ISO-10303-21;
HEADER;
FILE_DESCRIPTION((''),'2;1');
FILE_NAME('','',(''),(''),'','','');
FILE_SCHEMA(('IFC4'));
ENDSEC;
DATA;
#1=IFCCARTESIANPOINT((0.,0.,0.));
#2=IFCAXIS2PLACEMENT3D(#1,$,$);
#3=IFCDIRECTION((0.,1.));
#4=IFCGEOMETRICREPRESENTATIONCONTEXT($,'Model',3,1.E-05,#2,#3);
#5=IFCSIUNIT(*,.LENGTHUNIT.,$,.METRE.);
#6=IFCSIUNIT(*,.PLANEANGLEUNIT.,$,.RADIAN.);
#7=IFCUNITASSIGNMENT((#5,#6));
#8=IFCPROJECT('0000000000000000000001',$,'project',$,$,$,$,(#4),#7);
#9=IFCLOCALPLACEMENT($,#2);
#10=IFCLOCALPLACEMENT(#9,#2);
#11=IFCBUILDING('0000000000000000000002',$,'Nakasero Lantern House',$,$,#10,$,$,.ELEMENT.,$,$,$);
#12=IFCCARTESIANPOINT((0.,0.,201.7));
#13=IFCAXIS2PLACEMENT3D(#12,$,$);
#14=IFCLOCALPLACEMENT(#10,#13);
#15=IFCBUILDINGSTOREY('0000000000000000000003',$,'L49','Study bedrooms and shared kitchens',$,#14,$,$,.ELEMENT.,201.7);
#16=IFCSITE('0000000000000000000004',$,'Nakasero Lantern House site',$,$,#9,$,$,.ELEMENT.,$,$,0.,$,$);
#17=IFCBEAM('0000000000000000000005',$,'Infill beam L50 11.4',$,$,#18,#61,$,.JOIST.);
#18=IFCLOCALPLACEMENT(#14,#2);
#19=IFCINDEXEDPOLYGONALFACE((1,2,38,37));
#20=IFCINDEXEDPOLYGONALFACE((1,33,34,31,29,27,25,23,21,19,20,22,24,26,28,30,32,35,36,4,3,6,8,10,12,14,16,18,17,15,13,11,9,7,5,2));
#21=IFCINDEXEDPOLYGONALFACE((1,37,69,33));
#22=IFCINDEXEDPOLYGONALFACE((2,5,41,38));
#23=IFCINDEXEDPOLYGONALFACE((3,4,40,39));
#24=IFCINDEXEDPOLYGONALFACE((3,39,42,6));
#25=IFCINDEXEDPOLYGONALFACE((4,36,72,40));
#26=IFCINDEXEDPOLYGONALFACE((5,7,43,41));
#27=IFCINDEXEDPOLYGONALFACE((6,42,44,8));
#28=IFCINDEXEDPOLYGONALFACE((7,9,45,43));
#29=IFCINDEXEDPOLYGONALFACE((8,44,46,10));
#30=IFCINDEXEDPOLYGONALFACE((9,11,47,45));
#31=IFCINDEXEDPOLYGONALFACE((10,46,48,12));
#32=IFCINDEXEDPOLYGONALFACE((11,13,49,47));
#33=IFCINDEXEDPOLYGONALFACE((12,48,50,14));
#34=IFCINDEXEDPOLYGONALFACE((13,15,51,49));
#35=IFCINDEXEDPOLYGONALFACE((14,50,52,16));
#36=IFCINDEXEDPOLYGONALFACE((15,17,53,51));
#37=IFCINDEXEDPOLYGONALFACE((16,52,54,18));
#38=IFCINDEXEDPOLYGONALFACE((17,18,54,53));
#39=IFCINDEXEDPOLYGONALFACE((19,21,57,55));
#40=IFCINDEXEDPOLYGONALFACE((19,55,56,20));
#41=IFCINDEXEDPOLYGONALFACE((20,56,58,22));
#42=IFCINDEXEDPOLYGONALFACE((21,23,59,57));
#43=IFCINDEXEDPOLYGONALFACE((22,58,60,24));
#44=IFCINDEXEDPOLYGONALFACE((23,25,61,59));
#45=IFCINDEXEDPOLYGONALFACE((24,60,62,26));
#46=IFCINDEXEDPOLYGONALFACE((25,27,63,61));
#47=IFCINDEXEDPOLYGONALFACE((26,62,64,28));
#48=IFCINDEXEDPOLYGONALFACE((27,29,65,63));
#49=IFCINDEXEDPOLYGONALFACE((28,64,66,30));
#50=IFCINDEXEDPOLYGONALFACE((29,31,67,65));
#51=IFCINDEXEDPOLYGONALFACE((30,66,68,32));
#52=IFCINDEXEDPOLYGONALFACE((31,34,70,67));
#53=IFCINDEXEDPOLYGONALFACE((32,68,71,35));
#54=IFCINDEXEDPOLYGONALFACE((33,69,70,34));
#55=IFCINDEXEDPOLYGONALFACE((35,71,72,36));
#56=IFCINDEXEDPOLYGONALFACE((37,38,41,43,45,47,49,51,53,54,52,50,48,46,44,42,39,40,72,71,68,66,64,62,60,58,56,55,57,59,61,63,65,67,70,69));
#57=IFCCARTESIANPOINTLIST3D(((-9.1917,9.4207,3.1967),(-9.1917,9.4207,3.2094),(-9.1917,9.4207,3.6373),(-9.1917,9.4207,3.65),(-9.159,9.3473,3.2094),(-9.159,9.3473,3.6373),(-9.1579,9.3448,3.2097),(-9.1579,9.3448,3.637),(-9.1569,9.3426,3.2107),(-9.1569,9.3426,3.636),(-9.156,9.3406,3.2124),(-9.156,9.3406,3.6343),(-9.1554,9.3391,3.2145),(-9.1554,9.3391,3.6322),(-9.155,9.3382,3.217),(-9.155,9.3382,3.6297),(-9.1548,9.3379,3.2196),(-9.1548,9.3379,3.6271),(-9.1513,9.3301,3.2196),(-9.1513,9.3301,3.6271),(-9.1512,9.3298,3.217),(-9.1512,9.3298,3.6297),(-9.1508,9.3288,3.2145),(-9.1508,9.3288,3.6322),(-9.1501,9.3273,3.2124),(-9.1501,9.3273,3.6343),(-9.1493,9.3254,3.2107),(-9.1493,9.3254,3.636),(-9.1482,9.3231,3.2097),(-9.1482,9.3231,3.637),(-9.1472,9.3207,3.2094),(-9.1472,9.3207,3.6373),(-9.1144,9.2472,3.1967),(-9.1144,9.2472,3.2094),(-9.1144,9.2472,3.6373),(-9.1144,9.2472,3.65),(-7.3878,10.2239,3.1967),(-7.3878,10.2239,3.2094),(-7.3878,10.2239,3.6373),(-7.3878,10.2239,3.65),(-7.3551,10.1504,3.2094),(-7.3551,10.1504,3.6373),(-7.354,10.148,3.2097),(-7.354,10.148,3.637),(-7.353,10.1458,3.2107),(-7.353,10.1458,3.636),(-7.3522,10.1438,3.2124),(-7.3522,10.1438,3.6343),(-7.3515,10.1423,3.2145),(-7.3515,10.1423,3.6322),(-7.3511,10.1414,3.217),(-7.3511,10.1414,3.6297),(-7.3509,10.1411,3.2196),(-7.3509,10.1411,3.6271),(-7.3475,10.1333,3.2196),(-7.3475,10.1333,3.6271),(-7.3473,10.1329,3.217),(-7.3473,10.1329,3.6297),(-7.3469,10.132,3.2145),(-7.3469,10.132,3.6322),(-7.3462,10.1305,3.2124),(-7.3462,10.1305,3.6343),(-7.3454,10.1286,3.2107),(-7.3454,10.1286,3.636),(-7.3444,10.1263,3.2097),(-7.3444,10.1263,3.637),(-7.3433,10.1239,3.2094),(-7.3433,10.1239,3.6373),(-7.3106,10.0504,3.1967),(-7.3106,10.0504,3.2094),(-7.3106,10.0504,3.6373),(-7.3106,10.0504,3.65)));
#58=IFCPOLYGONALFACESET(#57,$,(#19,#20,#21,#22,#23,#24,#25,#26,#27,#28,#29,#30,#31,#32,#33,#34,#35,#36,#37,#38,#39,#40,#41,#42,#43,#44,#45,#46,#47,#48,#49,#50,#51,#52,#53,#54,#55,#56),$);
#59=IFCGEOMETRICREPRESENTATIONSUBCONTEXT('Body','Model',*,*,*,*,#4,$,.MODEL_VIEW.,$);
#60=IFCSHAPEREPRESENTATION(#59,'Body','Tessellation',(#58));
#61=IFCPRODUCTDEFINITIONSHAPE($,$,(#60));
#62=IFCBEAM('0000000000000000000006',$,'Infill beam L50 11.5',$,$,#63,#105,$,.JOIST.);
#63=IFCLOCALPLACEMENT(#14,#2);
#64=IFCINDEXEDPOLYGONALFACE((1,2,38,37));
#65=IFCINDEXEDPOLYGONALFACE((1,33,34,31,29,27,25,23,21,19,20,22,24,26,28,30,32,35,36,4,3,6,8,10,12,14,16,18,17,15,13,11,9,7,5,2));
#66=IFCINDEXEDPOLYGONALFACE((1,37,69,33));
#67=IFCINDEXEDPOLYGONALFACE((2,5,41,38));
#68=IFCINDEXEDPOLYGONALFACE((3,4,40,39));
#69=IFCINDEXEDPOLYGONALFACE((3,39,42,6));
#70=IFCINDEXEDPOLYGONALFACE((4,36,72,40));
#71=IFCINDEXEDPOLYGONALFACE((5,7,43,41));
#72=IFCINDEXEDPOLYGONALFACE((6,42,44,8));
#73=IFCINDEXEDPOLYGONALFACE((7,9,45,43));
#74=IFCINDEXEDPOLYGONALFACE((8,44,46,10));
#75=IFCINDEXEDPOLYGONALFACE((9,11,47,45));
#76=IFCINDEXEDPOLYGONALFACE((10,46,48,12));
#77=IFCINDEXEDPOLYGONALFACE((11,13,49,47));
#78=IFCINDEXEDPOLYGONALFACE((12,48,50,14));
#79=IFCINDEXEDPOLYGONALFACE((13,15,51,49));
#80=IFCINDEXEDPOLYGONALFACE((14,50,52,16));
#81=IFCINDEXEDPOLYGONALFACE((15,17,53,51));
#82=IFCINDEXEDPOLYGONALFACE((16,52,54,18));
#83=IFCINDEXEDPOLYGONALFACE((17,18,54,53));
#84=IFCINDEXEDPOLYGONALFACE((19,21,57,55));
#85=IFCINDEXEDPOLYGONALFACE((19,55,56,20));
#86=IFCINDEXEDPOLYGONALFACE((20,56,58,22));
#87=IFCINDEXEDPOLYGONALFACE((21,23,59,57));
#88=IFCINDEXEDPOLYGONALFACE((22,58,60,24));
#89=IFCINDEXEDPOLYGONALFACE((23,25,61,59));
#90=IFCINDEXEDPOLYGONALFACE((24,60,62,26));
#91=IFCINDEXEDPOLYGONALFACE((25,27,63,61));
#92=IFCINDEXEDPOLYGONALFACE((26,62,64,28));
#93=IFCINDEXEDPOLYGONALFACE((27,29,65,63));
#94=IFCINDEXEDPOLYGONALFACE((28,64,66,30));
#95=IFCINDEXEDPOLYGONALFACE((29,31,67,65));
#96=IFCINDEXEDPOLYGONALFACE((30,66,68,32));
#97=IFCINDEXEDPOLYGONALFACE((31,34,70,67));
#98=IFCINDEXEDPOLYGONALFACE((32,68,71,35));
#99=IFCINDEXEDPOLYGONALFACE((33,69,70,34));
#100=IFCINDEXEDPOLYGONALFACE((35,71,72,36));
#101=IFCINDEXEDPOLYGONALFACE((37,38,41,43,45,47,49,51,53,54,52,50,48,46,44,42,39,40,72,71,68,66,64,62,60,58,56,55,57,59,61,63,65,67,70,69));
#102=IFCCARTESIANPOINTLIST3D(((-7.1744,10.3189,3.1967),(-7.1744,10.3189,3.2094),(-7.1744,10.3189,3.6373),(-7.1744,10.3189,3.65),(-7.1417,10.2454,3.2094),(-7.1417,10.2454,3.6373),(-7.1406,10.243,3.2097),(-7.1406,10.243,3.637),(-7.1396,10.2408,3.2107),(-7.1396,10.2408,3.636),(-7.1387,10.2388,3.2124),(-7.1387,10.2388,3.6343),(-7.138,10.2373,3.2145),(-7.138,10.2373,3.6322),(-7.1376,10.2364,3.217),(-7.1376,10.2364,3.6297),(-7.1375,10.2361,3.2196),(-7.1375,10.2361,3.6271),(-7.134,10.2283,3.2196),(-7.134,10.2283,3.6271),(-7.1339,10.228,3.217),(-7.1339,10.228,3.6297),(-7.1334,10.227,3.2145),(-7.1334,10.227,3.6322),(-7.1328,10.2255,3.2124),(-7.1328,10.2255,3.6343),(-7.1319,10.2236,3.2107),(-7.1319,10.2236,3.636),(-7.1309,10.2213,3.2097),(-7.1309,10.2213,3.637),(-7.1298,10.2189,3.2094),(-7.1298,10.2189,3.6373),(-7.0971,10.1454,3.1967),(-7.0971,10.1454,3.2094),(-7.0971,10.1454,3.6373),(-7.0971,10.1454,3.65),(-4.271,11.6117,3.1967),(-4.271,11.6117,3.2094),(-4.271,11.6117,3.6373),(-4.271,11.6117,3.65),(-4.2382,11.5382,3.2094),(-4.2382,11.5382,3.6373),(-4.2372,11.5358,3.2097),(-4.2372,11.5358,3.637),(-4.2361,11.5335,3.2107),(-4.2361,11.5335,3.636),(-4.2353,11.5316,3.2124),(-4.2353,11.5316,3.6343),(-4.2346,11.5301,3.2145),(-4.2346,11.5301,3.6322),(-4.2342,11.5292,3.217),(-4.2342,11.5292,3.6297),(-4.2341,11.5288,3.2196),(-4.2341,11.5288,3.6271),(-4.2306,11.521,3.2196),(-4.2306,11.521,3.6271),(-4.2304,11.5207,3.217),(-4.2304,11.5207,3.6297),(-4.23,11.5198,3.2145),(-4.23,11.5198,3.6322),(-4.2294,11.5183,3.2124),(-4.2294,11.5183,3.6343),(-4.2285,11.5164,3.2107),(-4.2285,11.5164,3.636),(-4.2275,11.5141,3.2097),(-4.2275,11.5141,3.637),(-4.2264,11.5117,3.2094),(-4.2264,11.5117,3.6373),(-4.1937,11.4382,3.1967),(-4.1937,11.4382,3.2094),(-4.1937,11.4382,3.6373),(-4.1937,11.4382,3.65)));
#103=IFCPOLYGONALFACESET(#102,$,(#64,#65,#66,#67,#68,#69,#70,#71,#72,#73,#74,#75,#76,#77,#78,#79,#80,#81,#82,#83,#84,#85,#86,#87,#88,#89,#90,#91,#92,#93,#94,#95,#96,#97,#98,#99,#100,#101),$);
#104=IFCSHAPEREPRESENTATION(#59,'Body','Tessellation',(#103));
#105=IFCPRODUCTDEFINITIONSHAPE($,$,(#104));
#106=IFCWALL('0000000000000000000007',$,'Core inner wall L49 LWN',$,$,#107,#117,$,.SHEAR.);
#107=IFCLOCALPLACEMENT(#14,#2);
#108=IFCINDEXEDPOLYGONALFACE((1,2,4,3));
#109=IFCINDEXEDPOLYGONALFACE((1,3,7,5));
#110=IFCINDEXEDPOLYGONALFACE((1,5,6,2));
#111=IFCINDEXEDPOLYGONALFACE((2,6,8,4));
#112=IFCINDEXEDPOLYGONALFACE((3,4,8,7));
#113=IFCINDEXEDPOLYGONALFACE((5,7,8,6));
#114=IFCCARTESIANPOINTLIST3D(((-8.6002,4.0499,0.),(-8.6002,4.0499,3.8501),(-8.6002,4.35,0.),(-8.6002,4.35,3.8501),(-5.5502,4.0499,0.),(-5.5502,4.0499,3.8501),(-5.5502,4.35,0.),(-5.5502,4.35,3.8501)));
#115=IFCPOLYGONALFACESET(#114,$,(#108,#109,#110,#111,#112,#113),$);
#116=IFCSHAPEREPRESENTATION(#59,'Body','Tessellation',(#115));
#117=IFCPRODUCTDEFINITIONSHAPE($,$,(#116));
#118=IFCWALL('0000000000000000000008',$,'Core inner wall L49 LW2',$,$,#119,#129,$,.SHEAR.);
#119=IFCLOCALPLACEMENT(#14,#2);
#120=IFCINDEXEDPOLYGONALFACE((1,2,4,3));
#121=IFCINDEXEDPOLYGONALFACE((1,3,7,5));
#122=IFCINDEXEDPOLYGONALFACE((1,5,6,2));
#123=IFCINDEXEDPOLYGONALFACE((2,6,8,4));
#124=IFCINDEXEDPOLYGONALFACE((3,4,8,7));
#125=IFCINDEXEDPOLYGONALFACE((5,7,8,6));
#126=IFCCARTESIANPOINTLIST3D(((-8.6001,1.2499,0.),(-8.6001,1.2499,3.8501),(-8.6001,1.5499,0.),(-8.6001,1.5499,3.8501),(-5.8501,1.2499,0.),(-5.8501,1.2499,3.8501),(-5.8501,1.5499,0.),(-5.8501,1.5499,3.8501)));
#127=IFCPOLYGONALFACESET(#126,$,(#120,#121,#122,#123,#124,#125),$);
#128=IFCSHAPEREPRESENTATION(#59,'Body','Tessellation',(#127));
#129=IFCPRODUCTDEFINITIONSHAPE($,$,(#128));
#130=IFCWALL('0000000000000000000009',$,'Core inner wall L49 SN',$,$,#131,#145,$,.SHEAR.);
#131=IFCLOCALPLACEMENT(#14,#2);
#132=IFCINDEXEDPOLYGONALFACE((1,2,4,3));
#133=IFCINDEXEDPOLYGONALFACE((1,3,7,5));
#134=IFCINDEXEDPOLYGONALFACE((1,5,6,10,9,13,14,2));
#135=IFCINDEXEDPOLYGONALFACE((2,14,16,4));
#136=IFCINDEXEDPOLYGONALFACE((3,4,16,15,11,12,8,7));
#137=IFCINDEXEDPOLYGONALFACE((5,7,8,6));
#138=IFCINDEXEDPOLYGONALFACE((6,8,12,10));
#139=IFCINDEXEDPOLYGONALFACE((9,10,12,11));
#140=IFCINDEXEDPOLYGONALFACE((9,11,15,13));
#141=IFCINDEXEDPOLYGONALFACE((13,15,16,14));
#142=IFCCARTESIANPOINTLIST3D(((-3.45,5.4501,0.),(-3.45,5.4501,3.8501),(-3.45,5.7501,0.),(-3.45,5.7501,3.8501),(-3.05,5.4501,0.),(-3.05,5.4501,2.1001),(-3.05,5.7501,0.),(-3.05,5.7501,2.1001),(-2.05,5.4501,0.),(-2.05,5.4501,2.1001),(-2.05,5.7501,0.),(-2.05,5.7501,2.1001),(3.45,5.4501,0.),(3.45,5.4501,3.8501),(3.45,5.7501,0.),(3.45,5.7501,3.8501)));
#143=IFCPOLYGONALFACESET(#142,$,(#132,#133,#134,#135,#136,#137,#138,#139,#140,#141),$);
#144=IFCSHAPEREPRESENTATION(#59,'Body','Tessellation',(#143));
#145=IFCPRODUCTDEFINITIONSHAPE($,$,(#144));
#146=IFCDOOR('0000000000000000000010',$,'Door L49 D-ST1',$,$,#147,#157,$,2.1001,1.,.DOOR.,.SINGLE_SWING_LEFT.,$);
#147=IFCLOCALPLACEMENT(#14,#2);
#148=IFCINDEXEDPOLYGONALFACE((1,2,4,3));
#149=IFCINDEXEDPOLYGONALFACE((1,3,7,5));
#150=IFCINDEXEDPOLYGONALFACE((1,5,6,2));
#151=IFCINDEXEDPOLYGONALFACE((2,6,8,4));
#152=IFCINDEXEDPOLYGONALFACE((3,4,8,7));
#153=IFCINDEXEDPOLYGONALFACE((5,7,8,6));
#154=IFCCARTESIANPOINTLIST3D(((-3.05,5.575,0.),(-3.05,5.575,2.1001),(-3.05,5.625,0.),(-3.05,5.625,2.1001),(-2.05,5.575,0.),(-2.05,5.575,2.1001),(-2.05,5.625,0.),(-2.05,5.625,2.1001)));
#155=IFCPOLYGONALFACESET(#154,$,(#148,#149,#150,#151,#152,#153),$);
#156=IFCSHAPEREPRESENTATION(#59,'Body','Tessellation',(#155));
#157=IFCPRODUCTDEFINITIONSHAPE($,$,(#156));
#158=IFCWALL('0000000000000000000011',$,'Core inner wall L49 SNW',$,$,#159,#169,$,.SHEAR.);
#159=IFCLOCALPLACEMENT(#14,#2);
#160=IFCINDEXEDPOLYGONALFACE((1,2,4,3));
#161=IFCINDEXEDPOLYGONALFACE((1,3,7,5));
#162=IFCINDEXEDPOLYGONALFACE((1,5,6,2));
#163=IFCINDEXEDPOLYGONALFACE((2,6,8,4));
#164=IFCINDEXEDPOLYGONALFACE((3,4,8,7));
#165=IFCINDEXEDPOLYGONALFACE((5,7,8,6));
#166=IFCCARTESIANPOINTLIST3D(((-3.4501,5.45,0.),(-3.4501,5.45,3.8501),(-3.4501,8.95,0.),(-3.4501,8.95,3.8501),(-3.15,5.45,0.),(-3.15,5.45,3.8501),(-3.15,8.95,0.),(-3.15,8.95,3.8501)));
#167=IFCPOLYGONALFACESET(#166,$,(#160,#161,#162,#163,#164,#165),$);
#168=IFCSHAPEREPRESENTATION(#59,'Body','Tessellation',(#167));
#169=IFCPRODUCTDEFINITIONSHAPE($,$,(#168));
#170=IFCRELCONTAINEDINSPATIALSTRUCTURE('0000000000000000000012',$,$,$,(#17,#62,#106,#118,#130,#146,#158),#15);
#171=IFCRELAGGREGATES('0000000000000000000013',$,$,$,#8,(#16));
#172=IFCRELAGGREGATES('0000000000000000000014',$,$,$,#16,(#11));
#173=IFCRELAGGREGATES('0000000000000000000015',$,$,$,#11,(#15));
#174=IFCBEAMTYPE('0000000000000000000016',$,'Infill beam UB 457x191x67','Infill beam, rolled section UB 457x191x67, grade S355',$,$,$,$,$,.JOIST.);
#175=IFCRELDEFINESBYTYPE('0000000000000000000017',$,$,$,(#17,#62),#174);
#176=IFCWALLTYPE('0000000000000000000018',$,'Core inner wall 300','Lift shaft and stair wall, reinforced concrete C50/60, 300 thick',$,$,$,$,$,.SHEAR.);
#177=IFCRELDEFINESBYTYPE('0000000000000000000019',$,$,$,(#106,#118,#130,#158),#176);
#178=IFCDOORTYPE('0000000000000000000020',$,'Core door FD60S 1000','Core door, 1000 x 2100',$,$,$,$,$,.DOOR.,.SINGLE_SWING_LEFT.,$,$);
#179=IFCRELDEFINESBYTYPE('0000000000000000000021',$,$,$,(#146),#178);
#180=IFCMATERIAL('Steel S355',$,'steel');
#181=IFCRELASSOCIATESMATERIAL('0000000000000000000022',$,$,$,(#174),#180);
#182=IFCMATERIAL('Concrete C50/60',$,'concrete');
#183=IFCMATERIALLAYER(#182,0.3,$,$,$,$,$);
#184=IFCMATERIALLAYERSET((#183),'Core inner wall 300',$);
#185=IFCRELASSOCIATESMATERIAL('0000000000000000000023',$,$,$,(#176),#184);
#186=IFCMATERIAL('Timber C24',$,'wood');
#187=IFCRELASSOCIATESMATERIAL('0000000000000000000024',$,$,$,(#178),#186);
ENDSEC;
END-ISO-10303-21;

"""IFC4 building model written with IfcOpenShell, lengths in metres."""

from ifc_helpers import new_model, si_unit, direction, frame, frame_2d, origin, origin_2d, place, context, subcontext, project, spatial, rectangle, i_section, extrude, material, layer, layer_set, material_profile, profile_set, type_object, element, fill, save


model = new_model("IFC4")

# Units and contexts
model_context = context("Model", 3, precision=1e-05, world=origin(), true_north=direction((0.0, 1.0)))
body_context = subcontext(model_context, "Body", "Model", "MODEL_VIEW")
ifc_project = project(units=[si_unit("LENGTHUNIT", "METRE"), si_unit("PLANEANGLEUNIT", "RADIAN")], contexts=[model_context])

# Site, building, storey
site_placement = place(None, origin())
site = spatial("IfcSite", under=ifc_project, at=site_placement, Name="Nakasero Lantern House site", CompositionType="ELEMENT", RefElevation=0.0)
building_placement = place(site_placement, origin())
building = spatial("IfcBuilding", under=site, at=building_placement, Name="Nakasero Lantern House", CompositionType="ELEMENT")
storey_placement = place(building_placement, frame((0.0, 0.0, 201.7)))
storey = spatial("IfcBuildingStorey", under=building, at=storey_placement, Name="L49", Description="Study bedrooms and shared kitchens", CompositionType="ELEMENT", Elevation=201.7)

# Beams
ifc_material_1 = material(Name="Steel S355", Category="steel")
ifc_material_profile = material_profile(ifc_material_1, i_section(OverallWidth=0.1899, OverallDepth=0.4534, WebThickness=0.0085, FlangeThickness=0.0127, FilletRadius=0.0103, at=origin_2d()), Name="UB 457x191x67")
ifc_profile_set = profile_set([ifc_material_profile], Name="Steel S355")
beam_type = type_object("IfcBeamType", Name="Infill beam UB 457x191x67", Description="Infill beam, rolled section UB 457x191x67, grade S355", PredefinedType="JOIST", material=ifc_profile_set)
beam_1_placement = place(storey_placement, frame((-9.1531, 9.334, 3.4233), z_axis=(0.913536, 0.406758, 0.0), x_axis=(-0.406758, 0.913536, 0.0)))
element("IfcBeam", 1, at=beam_1_placement, inside=storey, type_object=beam_type, Name="Infill beam L50 11.4", PredefinedType="JOIST", context=body_context, shape_type="SweptSolid", body=[
    extrude(i_section(OverallWidth=0.1899, OverallDepth=0.4534, WebThickness=0.0085, FlangeThickness=0.0127, FilletRadius=0.0103, at=origin_2d()), origin(), (0.0, 0.0, 1.0), 1.9746),
])
beam_2_placement = place(storey_placement, frame((-7.1357, 10.2322, 3.4233), z_axis=(0.913536, 0.406758, 0.0), x_axis=(-0.406758, 0.913536, 0.0)))
element("IfcBeam", 2, at=beam_2_placement, inside=storey, type_object=beam_type, Name="Infill beam L50 11.5", PredefinedType="JOIST", context=body_context, shape_type="SweptSolid", body=[
    extrude(i_section(OverallWidth=0.1899, OverallDepth=0.4534, WebThickness=0.0085, FlangeThickness=0.0127, FilletRadius=0.0103, at=origin_2d()), origin(), (0.0, 0.0, 1.0), 3.1782),
])

# Walls
ifc_material_2 = material(Name="Concrete C50/60", Category="concrete")
ifc_layer_1 = layer(ifc_material_2, 0.3)
ifc_layer_set_1 = layer_set([ifc_layer_1], Name="Core inner wall 300")
wall_type_1 = type_object("IfcWallType", Name="Core inner wall 300", Description="Lift shaft and stair wall, reinforced concrete C50/60, 300 thick", PredefinedType="SHEAR", material=ifc_layer_set_1)
wall_1_placement = place(storey_placement, frame((-8.6001, 4.2, 0.0), z_axis=(0.0, 0.0, 1.0), x_axis=(1.0, 0.0, 0.0)))
element("IfcWall", 3, at=wall_1_placement, inside=storey, type_object=wall_type_1, Name="Core inner wall L49 LWN", PredefinedType="SHEAR", context=body_context, shape_type="SweptSolid", body=[
    extrude(rectangle(XDim=3.05, YDim=0.3, at=frame_2d((1.5249, 0.0))), origin(), (0.0, 0.0, 1.0), 3.8501),
])
wall_2_placement = place(storey_placement, frame((-8.6001, 1.3999, 0.0), z_axis=(0.0, 0.0, 1.0), x_axis=(1.0, 0.0, 0.0)))
element("IfcWall", 4, at=wall_2_placement, inside=storey, type_object=wall_type_1, Name="Core inner wall L49 LW2", PredefinedType="SHEAR", context=body_context, shape_type="SweptSolid", body=[
    extrude(rectangle(XDim=2.75, YDim=0.3, at=frame_2d((1.375, 0.0))), origin(), (0.0, 0.0, 1.0), 3.8501),
])

# Wall, opening, door
wall_3_placement = place(storey_placement, frame((-3.45, 5.6001, 0.0), z_axis=(0.0, 0.0, 1.0), x_axis=(1.0, 0.0, 0.0)))
wall_3 = element("IfcWall", 5, at=wall_3_placement, inside=storey, type_object=wall_type_1, Name="Core inner wall L49 SN", PredefinedType="SHEAR", context=body_context, shape_type="SweptSolid", body=[
    extrude(rectangle(XDim=6.8999, YDim=0.3, at=frame_2d((3.45, 0.0))), origin(), (0.0, 0.0, 1.0), 3.8501),
])
opening_1_placement = place(wall_3_placement, frame((0.3999, 0.0, 0.0)))
opening_1 = element("IfcOpeningElement", 6, at=opening_1_placement, cuts=wall_3, PredefinedType="OPENING", context=body_context, shape_type="SweptSolid", body=[
    extrude(rectangle(XDim=1.0, YDim=2.1001, at=frame_2d((0.5, 1.05))), frame((0.0, 0.1699, 0.0), z_axis=(0.0, -1.0, 0.0), x_axis=(1.0, 0.0, 0.0)), (0.0, 0.0, 1.0), 0.3401),
])
ifc_material_3 = material(Name="Timber C24", Category="wood")
door_type_1 = type_object("IfcDoorType", Name="Core door FD60S 1000", Description="Core door, 1000 x 2100", OperationType="SINGLE_SWING_LEFT", PredefinedType="DOOR", material=ifc_material_3)
door_1_placement = place(opening_1_placement, origin())
door_1 = element("IfcDoor", 7, at=door_1_placement, inside=storey, type_object=door_type_1, Name="Door L49 D-ST1", OperationType="SINGLE_SWING_LEFT", OverallHeight=2.1001, OverallWidth=1.0, PredefinedType="DOOR", context=body_context, shape_type="SweptSolid", body=[
    extrude(rectangle(XDim=1.0, YDim=2.1001, at=frame_2d((0.5, 1.05))), frame((0.0, 0.0249, 0.0), z_axis=(0.0, -1.0, 0.0), x_axis=(1.0, 0.0, 0.0)), (0.0, 0.0, 1.0), 0.05),
])
fill(opening_1, door_1)

# Wall
wall_4_placement = place(storey_placement, frame((-3.3, 5.45, 0.0), z_axis=(0.0, 0.0, 1.0), x_axis=(0.0, 1.0, 0.0)))
element("IfcWall", 8, at=wall_4_placement, inside=storey, type_object=wall_type_1, Name="Core inner wall L49 SNW", PredefinedType="SHEAR", context=body_context, shape_type="SweptSolid", body=[
    extrude(rectangle(XDim=3.5, YDim=0.3, at=frame_2d((1.75, 0.0))), origin(), (0.0, 0.0, 1.0), 3.8501),
])

save(model, "model.ifc")
